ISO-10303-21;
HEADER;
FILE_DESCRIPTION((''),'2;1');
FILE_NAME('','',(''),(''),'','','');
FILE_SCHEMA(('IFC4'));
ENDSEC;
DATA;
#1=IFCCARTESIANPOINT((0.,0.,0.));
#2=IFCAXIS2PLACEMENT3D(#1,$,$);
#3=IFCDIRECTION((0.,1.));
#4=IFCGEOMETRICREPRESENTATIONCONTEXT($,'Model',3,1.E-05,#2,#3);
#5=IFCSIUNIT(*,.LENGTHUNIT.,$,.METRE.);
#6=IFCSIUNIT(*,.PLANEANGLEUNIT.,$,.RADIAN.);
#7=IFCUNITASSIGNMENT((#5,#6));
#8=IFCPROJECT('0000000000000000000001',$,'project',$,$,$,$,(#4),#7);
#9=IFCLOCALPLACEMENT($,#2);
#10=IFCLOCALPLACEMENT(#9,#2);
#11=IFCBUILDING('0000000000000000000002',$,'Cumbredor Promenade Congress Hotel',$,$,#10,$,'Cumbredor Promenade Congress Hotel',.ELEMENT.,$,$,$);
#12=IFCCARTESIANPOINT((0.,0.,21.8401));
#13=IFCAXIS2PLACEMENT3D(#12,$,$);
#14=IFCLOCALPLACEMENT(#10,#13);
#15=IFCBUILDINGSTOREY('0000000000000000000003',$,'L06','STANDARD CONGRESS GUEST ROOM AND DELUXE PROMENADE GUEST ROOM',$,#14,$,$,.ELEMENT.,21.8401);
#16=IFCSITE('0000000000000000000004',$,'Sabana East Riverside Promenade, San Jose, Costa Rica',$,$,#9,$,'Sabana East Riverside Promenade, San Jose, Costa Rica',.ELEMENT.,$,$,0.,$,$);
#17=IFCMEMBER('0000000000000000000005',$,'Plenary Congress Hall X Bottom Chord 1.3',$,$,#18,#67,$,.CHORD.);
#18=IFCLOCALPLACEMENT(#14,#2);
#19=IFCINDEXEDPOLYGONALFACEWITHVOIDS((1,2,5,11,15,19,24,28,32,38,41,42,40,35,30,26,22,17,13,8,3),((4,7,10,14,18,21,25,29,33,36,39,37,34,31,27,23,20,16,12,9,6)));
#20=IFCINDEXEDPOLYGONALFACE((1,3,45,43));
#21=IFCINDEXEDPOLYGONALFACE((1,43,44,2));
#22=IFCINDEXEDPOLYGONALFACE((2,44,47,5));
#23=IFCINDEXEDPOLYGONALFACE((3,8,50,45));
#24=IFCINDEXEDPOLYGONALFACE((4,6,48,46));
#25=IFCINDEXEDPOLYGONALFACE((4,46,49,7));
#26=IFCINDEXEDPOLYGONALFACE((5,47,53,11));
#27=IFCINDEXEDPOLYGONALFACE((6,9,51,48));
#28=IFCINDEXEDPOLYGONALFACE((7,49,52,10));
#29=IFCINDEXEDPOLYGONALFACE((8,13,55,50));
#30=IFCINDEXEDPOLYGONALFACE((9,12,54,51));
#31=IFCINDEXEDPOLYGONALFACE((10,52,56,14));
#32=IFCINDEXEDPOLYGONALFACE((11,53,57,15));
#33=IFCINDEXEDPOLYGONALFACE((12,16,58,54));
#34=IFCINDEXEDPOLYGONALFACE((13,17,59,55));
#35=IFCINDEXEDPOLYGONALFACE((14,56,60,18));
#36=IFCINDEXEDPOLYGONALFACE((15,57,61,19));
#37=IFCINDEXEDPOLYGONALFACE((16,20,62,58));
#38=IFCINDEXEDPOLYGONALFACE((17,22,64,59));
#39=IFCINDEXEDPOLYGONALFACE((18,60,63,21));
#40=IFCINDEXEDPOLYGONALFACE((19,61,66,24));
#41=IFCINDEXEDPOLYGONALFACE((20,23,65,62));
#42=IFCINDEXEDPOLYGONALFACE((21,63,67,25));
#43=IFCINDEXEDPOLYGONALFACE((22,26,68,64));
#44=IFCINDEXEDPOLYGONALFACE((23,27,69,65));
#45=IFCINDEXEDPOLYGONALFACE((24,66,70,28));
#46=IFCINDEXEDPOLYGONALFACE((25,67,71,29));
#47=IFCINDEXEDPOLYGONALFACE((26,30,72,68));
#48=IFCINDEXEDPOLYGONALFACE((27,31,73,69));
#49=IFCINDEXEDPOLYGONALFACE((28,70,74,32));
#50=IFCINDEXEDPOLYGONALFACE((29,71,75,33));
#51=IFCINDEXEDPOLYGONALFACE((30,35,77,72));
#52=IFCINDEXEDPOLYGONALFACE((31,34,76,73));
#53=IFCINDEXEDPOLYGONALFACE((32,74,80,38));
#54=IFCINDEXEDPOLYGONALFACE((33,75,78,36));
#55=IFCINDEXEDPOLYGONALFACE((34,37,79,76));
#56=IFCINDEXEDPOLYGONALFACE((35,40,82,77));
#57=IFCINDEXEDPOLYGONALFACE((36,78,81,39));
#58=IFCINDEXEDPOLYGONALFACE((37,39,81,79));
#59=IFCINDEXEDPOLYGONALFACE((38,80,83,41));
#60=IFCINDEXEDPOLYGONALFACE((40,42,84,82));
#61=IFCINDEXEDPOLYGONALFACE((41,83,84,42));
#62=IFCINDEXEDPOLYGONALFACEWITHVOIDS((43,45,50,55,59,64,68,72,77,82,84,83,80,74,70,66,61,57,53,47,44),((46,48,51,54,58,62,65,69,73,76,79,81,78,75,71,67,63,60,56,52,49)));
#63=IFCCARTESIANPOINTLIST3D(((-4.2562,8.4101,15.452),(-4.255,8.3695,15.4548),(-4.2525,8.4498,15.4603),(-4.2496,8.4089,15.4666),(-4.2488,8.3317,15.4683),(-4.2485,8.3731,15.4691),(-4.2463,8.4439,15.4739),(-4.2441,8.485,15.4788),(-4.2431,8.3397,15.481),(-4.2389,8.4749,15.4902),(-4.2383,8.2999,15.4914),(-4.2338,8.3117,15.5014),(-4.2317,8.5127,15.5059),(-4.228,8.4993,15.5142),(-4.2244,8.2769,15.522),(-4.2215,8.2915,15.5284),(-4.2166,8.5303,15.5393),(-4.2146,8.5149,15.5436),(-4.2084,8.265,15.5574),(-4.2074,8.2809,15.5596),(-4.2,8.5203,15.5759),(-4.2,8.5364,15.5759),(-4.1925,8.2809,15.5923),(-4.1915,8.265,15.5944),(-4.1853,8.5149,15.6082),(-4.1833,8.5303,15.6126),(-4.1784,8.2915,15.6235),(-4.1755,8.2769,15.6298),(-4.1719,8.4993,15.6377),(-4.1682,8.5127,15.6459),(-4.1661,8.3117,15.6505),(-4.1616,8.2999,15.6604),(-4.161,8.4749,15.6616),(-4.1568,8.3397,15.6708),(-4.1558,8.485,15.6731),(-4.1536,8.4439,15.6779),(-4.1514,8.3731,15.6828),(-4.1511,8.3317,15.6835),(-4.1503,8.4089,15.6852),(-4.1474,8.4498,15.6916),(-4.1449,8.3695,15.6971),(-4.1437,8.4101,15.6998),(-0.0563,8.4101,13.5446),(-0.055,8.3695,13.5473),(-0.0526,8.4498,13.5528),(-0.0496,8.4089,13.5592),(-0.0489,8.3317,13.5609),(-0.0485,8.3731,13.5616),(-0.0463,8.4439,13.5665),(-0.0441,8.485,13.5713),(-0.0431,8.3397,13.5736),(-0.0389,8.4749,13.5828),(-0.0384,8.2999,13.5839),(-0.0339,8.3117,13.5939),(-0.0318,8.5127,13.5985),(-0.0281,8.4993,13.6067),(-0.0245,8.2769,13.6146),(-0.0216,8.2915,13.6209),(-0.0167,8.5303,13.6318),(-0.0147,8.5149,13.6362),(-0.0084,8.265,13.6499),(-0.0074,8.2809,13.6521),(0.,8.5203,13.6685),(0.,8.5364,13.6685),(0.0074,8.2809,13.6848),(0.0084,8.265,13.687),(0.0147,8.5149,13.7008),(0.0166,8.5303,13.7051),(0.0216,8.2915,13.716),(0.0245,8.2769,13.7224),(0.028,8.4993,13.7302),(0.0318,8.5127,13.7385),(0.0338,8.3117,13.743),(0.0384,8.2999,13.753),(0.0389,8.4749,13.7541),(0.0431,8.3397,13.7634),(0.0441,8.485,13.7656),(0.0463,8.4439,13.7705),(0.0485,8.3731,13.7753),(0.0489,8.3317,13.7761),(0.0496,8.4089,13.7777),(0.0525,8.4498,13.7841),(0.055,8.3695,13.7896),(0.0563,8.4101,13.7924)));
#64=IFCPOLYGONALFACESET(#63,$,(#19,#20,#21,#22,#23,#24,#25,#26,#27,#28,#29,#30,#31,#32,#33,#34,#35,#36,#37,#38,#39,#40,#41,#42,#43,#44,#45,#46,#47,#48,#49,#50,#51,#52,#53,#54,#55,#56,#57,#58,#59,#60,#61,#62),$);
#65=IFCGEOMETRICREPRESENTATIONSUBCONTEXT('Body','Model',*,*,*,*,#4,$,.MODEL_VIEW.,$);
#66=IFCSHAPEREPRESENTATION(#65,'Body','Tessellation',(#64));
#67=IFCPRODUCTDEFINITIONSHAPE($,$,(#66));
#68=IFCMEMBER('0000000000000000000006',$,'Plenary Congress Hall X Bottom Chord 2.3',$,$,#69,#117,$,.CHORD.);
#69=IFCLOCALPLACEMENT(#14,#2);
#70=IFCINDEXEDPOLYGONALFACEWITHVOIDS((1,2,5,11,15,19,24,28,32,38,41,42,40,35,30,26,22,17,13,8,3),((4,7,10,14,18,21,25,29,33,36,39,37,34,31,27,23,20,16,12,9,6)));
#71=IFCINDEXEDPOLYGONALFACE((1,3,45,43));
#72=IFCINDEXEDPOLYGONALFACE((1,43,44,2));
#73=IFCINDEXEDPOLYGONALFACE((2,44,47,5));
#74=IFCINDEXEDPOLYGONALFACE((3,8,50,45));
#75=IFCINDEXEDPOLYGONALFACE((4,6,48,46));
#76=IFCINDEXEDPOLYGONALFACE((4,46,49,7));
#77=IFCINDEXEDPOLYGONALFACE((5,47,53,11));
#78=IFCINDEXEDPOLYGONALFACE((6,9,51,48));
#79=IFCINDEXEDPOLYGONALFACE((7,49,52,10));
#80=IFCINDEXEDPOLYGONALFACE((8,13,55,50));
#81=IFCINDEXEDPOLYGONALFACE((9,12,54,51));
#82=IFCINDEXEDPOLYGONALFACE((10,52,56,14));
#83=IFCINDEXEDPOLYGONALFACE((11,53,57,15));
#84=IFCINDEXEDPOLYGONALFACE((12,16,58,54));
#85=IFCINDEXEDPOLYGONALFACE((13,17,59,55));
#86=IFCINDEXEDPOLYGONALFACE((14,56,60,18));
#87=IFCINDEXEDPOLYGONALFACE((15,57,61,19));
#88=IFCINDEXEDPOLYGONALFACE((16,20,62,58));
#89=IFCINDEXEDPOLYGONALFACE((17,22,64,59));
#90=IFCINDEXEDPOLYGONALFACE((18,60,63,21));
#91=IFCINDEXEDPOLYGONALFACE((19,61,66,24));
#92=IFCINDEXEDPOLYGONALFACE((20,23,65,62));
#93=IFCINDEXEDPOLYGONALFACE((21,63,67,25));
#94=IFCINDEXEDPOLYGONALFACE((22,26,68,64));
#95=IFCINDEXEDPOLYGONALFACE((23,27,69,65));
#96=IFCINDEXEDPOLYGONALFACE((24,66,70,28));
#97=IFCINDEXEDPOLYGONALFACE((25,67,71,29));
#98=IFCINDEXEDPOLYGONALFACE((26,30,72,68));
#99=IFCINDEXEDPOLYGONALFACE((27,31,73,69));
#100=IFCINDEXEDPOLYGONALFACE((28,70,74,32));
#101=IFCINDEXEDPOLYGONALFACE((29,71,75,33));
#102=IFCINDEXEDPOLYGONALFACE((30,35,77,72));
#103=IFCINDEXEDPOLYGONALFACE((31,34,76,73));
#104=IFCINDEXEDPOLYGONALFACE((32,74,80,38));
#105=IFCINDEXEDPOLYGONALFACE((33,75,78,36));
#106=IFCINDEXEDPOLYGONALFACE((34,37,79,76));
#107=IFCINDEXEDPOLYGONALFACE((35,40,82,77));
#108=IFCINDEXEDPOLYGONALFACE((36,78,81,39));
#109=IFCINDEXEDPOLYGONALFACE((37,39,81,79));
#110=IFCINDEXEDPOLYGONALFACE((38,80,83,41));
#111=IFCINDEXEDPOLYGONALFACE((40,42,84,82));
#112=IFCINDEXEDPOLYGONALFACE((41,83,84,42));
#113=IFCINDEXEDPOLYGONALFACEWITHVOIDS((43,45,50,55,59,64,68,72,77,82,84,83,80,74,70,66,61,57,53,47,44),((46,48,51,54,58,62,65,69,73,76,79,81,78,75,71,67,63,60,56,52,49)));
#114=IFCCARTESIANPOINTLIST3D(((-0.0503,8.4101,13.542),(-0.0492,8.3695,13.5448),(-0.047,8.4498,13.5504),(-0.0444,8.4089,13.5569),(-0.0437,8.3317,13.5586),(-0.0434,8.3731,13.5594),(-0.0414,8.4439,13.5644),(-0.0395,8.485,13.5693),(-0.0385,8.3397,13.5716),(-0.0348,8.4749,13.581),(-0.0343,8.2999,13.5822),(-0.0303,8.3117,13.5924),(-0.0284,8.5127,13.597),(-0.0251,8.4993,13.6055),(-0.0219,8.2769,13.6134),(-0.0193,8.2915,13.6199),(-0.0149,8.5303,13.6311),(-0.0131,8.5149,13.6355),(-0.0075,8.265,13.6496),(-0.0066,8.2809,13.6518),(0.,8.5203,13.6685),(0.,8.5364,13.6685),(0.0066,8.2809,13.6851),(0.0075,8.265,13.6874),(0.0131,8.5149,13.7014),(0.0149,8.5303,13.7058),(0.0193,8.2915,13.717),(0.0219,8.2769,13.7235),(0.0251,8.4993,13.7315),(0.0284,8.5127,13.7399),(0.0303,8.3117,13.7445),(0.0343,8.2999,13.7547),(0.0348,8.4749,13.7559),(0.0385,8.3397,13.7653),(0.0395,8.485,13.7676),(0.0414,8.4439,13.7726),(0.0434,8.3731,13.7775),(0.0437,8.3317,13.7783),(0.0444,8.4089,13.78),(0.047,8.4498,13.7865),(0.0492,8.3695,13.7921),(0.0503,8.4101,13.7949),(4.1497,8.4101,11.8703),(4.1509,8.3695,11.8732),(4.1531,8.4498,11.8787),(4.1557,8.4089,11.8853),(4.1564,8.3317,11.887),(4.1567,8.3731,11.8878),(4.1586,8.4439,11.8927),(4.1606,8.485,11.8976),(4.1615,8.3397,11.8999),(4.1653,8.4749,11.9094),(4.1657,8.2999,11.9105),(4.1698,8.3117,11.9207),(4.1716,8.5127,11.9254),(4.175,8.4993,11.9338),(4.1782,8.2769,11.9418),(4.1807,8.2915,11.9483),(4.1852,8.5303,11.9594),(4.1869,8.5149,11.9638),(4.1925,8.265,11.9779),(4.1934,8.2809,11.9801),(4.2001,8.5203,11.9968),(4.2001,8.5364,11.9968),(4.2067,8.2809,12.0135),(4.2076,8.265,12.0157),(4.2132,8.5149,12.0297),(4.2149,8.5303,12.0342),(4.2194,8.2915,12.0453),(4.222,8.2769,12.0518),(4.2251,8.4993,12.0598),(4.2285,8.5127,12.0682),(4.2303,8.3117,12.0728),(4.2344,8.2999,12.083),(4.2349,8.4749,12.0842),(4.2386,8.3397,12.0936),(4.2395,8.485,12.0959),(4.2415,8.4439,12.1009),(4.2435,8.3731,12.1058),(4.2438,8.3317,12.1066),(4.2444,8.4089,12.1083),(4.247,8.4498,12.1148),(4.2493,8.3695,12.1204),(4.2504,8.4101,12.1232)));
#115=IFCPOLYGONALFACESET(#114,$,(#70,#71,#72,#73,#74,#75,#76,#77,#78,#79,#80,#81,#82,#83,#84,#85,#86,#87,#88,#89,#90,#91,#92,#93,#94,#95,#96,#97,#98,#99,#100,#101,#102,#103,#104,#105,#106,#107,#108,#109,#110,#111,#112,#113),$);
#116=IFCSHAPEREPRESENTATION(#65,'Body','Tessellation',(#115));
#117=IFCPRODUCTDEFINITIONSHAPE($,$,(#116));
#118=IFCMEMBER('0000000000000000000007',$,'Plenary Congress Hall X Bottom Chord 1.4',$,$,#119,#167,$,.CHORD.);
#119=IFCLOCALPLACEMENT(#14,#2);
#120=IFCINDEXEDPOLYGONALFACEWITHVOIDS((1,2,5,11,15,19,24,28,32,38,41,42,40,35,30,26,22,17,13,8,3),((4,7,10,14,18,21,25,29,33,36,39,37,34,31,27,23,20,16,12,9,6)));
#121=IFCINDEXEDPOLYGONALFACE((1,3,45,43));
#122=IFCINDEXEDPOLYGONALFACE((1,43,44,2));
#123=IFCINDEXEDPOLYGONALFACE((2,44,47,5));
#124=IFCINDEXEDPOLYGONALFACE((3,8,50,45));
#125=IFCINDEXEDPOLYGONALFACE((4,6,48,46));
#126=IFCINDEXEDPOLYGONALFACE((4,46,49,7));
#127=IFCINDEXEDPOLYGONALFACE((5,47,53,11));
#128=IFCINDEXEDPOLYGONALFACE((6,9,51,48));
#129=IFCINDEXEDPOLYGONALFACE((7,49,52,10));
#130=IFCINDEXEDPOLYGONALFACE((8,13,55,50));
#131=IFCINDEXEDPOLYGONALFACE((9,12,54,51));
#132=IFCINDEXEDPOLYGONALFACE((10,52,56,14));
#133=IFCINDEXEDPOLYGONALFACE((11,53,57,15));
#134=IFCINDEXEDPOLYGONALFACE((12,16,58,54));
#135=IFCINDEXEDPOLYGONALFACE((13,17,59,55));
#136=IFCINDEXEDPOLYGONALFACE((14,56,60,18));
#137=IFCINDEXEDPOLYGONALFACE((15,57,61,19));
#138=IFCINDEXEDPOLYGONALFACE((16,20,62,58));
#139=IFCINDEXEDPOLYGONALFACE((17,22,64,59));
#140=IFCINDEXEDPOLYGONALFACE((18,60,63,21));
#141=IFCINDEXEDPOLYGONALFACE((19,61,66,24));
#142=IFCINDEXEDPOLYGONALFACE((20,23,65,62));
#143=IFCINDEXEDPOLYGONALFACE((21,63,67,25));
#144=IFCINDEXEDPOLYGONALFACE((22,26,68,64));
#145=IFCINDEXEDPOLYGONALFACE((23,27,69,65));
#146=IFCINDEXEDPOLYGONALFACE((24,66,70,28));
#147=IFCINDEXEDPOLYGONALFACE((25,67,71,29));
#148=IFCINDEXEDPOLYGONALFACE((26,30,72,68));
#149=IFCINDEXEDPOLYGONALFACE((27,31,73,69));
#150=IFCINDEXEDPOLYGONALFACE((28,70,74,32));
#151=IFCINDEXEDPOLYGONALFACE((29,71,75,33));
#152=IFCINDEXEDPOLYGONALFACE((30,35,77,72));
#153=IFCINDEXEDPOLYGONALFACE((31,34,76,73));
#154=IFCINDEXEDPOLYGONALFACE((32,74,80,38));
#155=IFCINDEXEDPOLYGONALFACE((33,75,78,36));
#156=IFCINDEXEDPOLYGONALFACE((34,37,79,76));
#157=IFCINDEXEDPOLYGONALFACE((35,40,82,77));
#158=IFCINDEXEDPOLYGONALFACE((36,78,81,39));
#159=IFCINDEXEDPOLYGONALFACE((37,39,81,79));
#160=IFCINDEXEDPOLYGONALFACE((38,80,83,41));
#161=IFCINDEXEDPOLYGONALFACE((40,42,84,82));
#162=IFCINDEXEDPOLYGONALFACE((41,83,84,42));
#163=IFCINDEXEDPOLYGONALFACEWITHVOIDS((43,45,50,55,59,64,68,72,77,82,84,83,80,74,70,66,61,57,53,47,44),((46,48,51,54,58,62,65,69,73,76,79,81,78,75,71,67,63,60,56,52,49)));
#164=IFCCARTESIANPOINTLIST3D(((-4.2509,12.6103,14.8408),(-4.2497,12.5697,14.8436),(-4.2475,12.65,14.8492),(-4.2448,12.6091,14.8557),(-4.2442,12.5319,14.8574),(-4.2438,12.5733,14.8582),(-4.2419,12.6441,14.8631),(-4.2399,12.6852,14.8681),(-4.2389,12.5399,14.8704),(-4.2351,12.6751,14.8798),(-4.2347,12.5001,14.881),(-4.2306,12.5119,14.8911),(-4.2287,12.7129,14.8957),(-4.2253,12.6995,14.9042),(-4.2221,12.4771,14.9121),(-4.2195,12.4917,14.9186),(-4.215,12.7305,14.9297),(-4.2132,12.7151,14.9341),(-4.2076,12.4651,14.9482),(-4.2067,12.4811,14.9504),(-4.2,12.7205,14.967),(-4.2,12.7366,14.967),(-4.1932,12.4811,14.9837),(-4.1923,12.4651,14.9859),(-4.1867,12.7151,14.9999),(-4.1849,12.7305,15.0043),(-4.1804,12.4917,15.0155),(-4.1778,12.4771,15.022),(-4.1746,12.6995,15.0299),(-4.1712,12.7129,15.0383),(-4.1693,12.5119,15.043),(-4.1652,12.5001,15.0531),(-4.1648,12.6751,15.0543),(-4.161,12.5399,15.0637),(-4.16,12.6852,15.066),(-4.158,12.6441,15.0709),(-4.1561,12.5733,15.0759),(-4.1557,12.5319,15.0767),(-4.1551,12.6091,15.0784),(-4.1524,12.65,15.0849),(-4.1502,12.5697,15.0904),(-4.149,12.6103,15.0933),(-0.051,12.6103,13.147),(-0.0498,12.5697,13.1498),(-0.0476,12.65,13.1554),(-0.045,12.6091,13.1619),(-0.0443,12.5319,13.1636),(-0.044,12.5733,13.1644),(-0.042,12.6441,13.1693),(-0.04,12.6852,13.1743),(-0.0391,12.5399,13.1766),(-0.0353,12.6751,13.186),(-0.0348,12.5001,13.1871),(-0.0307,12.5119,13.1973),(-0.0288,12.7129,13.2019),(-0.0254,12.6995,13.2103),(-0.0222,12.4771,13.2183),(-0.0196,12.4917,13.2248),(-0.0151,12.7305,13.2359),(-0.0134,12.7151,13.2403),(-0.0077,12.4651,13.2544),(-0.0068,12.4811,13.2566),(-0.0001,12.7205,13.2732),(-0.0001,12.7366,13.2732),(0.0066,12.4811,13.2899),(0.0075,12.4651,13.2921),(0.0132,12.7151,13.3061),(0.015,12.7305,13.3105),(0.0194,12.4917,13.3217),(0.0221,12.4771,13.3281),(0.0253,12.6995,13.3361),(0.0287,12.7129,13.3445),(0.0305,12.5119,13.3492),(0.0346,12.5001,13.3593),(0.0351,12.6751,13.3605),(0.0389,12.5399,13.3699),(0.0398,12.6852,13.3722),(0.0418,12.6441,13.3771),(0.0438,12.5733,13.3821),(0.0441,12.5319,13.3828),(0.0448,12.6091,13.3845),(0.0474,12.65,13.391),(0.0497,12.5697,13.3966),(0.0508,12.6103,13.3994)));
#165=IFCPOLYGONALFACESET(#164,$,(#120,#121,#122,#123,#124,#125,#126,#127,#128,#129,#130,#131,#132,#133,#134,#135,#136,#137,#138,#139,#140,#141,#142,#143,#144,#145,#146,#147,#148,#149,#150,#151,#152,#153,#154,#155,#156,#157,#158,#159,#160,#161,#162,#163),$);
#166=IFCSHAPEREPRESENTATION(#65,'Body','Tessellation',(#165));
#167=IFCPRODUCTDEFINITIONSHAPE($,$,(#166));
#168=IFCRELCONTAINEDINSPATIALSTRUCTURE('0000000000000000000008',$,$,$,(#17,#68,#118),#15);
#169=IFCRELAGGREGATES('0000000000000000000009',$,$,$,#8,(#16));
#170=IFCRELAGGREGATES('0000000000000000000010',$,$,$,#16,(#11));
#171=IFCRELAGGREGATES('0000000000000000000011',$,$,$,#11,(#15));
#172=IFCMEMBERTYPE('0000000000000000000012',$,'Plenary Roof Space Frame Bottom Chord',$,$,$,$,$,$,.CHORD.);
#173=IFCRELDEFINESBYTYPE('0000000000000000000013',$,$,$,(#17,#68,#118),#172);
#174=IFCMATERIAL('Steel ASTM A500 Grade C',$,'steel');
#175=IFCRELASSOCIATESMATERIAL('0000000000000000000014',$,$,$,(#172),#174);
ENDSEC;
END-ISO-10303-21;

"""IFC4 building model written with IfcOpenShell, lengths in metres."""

from ifc_helpers import new_model, si_unit, direction, frame, origin, origin_2d, place, context, subcontext, project, spatial, hollow_circle, extrude, material, material_profile, profile_set, type_object, element, save


model = new_model("IFC4")

# Units and contexts
model_context = context("Model", 3, precision=1e-05, world=origin(), true_north=direction((0.0, 1.0)))
body_context = subcontext(model_context, "Body", "Model", "MODEL_VIEW")
ifc_project = project(units=[si_unit("LENGTHUNIT", "METRE"), si_unit("PLANEANGLEUNIT", "RADIAN")], contexts=[model_context])

# Site, building, storey
site_placement = place(None, origin())
site = spatial("IfcSite", under=ifc_project, at=site_placement, Name="Sabana East Riverside Promenade, San Jose, Costa Rica", LongName="Sabana East Riverside Promenade, San Jose, Costa Rica", CompositionType="ELEMENT", RefElevation=0.0)
building_placement = place(site_placement, origin())
building = spatial("IfcBuilding", under=site, at=building_placement, Name="Cumbredor Promenade Congress Hotel", LongName="Cumbredor Promenade Congress Hotel", CompositionType="ELEMENT")
storey_placement = place(building_placement, frame((0.0, 0.0, 21.8401)))
storey = spatial("IfcBuildingStorey", under=building, at=storey_placement, Name="L06", Description="STANDARD CONGRESS GUEST ROOM AND DELUXE PROMENADE GUEST ROOM", CompositionType="ELEMENT", Elevation=21.8401)

# Members
ifc_material_1 = material(Name="Steel ASTM A500 Grade C", Category="steel")
ifc_material_profile_1 = material_profile(ifc_material_1, hollow_circle(Radius=0.1365, WallThickness=0.0161, at=origin_2d()), Name="CHS 273.0x16")
ifc_profile_set_1 = profile_set([ifc_material_profile_1], Name="Steel ASTM A500 Grade C")
member_type_1 = type_object("IfcMemberType", Name="Plenary Roof Space Frame Bottom Chord", PredefinedType="CHORD", material=ifc_profile_set_1)
member_1_placement = place(storey_placement, frame((-4.2, 8.3999, 15.5759), z_axis=(0.910497, 0.0, -0.413516), x_axis=(0.0, 1.0, 0.0)))
element("IfcMember", 1, at=member_1_placement, inside=storey, type_object=member_type_1, Name="Plenary Congress Hall X Bottom Chord 1.3", PredefinedType="CHORD", context=body_context, shape_type="SweptSolid", body=[
    extrude(hollow_circle(Radius=0.1365, WallThickness=0.0161, at=origin_2d()), origin(), (0.0, 0.0, 1.0), 4.6128),
])
member_2_placement = place(storey_placement, frame((0.0, 8.3999, 13.6685), z_axis=(0.929112, 0.0, -0.369798), x_axis=(0.0, 1.0, 0.0)))
element("IfcMember", 2, at=member_2_placement, inside=storey, type_object=member_type_1, Name="Plenary Congress Hall X Bottom Chord 2.3", PredefinedType="CHORD", context=body_context, shape_type="SweptSolid", body=[
    extrude(hollow_circle(Radius=0.1365, WallThickness=0.0161, at=origin_2d()), origin(), (0.0, 0.0, 1.0), 4.5205),
])
member_3_placement = place(storey_placement, frame((-4.2, 12.6001, 14.967), z_axis=(0.927417, 0.0, -0.374029), x_axis=(0.0, 1.0, 0.0)))
element("IfcMember", 3, at=member_3_placement, inside=storey, type_object=member_type_1, Name="Plenary Congress Hall X Bottom Chord 1.4", PredefinedType="CHORD", context=body_context, shape_type="SweptSolid", body=[
    extrude(hollow_circle(Radius=0.1365, WallThickness=0.0161, at=origin_2d()), origin(), (0.0, 0.0, 1.0), 4.5286),
])

save(model, "model.ifc")
